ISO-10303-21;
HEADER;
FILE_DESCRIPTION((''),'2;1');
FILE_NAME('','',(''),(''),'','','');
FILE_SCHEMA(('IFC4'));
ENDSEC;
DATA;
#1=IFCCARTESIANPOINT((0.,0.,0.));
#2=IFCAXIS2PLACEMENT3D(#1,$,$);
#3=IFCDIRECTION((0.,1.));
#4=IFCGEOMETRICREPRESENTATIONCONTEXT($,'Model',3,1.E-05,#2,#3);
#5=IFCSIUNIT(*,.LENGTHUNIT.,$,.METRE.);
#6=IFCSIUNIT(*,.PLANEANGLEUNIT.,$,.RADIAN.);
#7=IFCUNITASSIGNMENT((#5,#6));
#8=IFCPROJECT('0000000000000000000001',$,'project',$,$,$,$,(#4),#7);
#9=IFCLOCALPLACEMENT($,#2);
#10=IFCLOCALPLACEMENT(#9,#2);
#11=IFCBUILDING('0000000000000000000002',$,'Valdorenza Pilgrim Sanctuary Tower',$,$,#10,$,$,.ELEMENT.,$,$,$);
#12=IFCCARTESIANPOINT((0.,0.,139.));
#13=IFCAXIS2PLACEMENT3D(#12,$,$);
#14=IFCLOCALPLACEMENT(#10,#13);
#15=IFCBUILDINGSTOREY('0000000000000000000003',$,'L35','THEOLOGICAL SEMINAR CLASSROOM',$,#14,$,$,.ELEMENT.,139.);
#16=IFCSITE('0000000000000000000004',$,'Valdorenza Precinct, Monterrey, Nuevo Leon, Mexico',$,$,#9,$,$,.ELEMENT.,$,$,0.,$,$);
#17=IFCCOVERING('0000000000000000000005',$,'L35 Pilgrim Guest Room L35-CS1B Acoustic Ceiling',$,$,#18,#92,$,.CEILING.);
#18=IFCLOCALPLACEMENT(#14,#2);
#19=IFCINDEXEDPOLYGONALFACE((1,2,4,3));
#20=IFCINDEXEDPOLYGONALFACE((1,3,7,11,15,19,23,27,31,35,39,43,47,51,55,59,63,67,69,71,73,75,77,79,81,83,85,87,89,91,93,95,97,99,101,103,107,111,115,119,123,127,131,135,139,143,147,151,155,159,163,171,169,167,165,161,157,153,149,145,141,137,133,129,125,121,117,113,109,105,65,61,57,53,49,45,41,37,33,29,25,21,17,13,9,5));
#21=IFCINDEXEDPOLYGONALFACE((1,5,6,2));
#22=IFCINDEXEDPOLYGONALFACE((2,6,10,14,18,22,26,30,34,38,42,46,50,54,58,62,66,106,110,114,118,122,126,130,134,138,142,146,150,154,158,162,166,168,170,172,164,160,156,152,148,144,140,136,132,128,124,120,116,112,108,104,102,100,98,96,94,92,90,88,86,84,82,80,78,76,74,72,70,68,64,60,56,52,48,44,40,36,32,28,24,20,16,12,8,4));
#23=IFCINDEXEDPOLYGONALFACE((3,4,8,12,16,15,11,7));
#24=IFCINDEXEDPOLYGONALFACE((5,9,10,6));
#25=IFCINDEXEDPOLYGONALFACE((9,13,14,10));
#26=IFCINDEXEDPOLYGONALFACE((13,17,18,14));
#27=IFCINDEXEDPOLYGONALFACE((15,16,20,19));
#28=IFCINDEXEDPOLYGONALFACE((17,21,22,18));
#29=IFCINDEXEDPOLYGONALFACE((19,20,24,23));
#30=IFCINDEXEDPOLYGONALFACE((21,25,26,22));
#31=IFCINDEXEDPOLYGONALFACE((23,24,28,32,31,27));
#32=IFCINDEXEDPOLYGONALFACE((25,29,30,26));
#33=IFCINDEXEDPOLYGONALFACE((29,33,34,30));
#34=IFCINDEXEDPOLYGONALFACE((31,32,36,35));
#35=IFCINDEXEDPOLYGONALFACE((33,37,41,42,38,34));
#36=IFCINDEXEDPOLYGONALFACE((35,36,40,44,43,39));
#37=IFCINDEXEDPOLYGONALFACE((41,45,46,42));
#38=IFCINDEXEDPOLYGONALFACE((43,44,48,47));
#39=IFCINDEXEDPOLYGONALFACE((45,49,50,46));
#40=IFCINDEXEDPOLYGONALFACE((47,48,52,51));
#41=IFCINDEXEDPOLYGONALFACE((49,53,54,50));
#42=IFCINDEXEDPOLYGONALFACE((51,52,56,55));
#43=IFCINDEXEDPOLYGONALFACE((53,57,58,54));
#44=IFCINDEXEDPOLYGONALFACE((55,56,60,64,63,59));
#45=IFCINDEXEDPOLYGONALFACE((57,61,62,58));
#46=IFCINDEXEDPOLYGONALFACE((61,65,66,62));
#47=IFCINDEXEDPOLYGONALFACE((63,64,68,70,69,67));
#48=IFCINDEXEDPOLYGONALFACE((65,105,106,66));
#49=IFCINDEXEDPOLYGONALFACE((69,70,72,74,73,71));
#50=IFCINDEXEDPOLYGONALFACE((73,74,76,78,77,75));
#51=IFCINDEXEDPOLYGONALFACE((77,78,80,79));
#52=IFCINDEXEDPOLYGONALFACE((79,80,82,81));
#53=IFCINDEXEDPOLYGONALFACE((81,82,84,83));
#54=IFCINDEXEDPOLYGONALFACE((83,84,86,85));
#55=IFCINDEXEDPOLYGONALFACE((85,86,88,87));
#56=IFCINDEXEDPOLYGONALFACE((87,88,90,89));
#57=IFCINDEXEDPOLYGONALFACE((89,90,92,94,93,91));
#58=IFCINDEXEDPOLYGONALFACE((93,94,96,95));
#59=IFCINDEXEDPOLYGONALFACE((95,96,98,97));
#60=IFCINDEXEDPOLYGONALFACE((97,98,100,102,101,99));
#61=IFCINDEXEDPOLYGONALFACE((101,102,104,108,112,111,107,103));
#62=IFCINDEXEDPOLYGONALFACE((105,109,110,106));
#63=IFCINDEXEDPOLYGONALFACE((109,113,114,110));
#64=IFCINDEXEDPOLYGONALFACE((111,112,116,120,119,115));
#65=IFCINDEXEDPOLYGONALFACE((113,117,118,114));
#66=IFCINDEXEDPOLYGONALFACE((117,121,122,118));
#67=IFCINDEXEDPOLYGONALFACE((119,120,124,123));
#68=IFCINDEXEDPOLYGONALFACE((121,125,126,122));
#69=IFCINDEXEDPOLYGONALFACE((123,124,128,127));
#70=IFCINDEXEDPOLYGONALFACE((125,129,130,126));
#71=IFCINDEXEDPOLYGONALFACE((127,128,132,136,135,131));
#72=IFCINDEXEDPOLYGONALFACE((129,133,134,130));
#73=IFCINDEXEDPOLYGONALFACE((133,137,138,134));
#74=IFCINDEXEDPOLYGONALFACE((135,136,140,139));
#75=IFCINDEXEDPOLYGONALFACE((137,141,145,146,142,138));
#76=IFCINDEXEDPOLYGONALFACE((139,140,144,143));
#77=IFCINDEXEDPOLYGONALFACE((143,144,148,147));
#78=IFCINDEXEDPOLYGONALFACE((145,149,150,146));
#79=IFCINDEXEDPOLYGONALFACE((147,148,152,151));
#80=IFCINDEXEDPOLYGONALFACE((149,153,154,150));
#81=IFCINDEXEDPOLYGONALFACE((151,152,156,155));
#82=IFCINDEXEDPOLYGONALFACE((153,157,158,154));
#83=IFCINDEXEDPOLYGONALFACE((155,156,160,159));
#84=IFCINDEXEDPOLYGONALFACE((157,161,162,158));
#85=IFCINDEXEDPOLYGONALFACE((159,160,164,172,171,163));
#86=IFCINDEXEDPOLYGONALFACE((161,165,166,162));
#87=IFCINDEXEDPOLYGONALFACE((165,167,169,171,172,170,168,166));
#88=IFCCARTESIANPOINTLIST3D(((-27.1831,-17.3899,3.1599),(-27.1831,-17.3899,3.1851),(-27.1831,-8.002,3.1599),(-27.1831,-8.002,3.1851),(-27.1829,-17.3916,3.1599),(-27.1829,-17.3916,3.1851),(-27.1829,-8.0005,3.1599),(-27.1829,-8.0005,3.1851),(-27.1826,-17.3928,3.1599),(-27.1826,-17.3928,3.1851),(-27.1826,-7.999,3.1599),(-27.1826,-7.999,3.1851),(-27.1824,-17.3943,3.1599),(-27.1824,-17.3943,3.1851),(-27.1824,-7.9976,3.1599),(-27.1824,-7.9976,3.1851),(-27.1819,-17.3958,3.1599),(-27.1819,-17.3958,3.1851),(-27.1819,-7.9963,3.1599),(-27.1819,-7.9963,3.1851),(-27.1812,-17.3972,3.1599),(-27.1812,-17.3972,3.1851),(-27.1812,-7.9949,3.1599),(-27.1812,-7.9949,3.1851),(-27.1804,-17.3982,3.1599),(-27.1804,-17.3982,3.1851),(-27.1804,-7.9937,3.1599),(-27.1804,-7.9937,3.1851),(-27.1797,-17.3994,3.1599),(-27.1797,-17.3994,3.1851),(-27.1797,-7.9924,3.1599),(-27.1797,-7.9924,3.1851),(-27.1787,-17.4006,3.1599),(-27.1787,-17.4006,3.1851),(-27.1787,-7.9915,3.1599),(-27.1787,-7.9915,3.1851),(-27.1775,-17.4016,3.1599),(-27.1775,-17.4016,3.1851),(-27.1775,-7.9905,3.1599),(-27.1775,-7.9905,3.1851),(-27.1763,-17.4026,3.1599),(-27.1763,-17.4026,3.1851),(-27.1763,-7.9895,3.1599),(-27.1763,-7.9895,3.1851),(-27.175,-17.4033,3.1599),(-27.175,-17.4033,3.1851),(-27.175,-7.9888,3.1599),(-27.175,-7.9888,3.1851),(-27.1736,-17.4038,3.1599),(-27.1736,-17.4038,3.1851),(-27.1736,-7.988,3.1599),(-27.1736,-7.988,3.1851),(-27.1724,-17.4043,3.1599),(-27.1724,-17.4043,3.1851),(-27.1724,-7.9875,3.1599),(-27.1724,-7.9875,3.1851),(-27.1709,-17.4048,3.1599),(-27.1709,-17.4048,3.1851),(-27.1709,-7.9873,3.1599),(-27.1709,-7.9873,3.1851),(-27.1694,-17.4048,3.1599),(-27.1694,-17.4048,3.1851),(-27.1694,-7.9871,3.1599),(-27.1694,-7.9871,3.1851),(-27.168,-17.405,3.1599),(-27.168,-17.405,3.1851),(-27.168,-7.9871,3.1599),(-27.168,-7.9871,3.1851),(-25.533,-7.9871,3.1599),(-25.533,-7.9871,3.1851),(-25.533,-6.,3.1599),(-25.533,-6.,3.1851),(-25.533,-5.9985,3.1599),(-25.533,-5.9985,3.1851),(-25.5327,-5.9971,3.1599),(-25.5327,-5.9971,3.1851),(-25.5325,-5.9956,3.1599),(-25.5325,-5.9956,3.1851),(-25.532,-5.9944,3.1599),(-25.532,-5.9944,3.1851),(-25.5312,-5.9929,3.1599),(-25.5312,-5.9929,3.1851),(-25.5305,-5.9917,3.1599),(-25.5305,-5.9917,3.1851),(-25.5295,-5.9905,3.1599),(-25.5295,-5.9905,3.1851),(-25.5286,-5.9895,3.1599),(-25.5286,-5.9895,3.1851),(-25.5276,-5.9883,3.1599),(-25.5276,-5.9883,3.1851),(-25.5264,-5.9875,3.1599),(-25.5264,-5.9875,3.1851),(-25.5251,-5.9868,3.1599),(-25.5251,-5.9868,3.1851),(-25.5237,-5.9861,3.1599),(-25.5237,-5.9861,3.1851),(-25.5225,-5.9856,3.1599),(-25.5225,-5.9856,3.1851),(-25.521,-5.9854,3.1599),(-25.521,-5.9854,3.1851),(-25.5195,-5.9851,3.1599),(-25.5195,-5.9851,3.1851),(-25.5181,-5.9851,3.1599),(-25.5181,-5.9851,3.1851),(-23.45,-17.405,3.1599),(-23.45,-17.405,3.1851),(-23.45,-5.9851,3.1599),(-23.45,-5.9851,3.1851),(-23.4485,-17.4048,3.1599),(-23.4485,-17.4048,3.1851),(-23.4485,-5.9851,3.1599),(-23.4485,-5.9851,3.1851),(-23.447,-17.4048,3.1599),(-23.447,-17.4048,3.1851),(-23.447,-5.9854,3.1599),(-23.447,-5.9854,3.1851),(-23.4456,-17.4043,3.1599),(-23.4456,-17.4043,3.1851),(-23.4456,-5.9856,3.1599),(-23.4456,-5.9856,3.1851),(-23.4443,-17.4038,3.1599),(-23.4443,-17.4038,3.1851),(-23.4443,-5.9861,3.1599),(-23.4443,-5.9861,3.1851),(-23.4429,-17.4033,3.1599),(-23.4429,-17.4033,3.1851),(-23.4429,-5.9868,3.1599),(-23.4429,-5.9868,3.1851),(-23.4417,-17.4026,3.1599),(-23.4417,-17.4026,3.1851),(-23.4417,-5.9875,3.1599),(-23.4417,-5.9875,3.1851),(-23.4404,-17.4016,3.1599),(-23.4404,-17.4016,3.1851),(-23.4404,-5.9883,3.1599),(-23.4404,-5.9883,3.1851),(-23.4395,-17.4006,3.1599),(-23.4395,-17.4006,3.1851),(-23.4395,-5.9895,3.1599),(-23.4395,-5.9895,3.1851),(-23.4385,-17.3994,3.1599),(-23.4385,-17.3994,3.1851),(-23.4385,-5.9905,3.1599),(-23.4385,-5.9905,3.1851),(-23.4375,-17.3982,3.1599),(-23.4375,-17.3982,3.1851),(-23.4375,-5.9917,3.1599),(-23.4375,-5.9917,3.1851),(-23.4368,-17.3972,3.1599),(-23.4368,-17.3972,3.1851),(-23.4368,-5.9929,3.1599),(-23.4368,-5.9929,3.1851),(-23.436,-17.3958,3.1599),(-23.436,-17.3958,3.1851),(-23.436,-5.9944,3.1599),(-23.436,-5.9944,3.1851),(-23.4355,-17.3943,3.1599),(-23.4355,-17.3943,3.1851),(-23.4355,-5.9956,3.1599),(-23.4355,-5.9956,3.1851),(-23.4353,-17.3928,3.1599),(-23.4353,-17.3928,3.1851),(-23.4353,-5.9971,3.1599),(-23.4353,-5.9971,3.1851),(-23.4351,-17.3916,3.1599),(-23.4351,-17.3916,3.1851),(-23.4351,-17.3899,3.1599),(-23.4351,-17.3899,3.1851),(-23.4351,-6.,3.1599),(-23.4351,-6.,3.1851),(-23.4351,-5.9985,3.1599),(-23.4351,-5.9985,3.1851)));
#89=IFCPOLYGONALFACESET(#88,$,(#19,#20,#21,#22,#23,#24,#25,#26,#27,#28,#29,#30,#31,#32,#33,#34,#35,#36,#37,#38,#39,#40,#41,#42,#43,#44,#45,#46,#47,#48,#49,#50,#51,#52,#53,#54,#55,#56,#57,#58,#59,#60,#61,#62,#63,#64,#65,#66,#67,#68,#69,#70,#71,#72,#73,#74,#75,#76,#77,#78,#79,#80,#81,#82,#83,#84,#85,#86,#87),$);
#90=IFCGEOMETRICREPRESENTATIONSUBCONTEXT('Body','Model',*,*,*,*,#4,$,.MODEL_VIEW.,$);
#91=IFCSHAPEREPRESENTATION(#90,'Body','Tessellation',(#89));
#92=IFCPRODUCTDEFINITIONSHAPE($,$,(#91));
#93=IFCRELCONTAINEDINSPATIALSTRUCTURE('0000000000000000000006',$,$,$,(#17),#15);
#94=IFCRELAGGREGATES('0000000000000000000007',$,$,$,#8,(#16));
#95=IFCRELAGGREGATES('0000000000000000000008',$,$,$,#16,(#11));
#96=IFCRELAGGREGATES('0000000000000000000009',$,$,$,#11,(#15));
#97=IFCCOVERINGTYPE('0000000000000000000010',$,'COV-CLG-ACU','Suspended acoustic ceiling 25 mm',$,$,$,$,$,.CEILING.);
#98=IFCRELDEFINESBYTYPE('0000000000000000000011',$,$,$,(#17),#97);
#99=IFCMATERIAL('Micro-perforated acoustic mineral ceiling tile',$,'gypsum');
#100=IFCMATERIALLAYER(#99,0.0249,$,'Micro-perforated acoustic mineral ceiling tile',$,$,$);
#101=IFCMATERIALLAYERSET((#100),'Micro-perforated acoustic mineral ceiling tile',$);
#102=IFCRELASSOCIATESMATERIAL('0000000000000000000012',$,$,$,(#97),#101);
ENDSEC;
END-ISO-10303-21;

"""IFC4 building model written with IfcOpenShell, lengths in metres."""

from ifc_helpers import new_model, si_unit, direction, frame, origin, place, context, subcontext, project, spatial, polyline, outline, extrude, material, layer, layer_set, type_object, element, save


model = new_model("IFC4")

# Units and contexts
model_context = context("Model", 3, precision=1e-05, world=origin(), true_north=direction((0.0, 1.0)))
body_context = subcontext(model_context, "Body", "Model", "MODEL_VIEW")
ifc_project = project(units=[si_unit("LENGTHUNIT", "METRE"), si_unit("PLANEANGLEUNIT", "RADIAN")], contexts=[model_context])

# Site, building, storey
site_placement = place(None, origin())
site = spatial("IfcSite", under=ifc_project, at=site_placement, Name="Valdorenza Precinct, Monterrey, Nuevo Leon, Mexico", CompositionType="ELEMENT", RefElevation=0.0)
building_placement = place(site_placement, origin())
building = spatial("IfcBuilding", under=site, at=building_placement, Name="Valdorenza Pilgrim Sanctuary Tower", CompositionType="ELEMENT")
storey_placement = place(building_placement, frame((0.0, 0.0, 139.0)))
storey = spatial("IfcBuildingStorey", under=building, at=storey_placement, Name="L35", Description="THEOLOGICAL SEMINAR CLASSROOM", CompositionType="ELEMENT", Elevation=139.0)

# Covering
ifc_material_1 = material(Name="Micro-perforated acoustic mineral ceiling tile", Category="gypsum")
ifc_layer_1 = layer(ifc_material_1, 0.0249, Name="Micro-perforated acoustic mineral ceiling tile")
ifc_layer_set_1 = layer_set([ifc_layer_1], Name="Micro-perforated acoustic mineral ceiling tile")
covering_type_1 = type_object("IfcCoveringType", Name="COV-CLG-ACU", Description="Suspended acoustic ceiling 25 mm", PredefinedType="CEILING", material=ifc_layer_set_1)
covering_1_placement = place(storey_placement, frame((0.0, 0.0, 3.1599)))
element("IfcCovering", 1, at=covering_1_placement, inside=storey, type_object=covering_type_1, Name="L35 Pilgrim Guest Room L35-CS1B Acoustic Ceiling", PredefinedType="CEILING", context=body_context, shape_type="SweptSolid", body=[
    extrude(outline(polyline([(-27.168, -17.405), (-27.1694, -17.4048), (-27.1709, -17.4048), (-27.1724, -17.4043), (-27.1736, -17.4038), (-27.175, -17.4033), (-27.1763, -17.4026), (-27.1775, -17.4016), (-27.1787, -17.4006), (-27.1797, -17.3994), (-27.1804, -17.3982), (-27.1812, -17.3972), (-27.1819, -17.3958), (-27.1824, -17.3943), (-27.1826, -17.3928), (-27.1829, -17.3916), (-27.1831, -17.3899), (-27.1831, -8.002), (-27.1829, -8.0005), (-27.1826, -7.999), (-27.1824, -7.9976), (-27.1819, -7.9963), (-27.1812, -7.9949), (-27.1804, -7.9937), (-27.1797, -7.9924), (-27.1787, -7.9915), (-27.1775, -7.9905), (-27.1763, -7.9895), (-27.175, -7.9888), (-27.1736, -7.988), (-27.1724, -7.9875), (-27.1709, -7.9873), (-27.1694, -7.9871), (-27.168, -7.9871), (-25.533, -7.9871), (-25.533, -6.0), (-25.533, -5.9985), (-25.5327, -5.9971), (-25.5325, -5.9956), (-25.532, -5.9944), (-25.5312, -5.9929), (-25.5305, -5.9917), (-25.5295, -5.9905), (-25.5286, -5.9895), (-25.5276, -5.9883), (-25.5264, -5.9875), (-25.5251, -5.9868), (-25.5237, -5.9861), (-25.5225, -5.9856), (-25.521, -5.9854), (-25.5195, -5.9851), (-25.5181, -5.9851), (-23.45, -5.9851), (-23.4485, -5.9851), (-23.447, -5.9854), (-23.4456, -5.9856), (-23.4443, -5.9861), (-23.4429, -5.9868), (-23.4417, -5.9875), (-23.4404, -5.9883), (-23.4395, -5.9895), (-23.4385, -5.9905), (-23.4375, -5.9917), (-23.4368, -5.9929), (-23.436, -5.9944), (-23.4355, -5.9956), (-23.4353, -5.9971), (-23.4351, -5.9985), (-23.4351, -6.0), (-23.4351, -17.3899), (-23.4351, -17.3916), (-23.4353, -17.3928), (-23.4355, -17.3943), (-23.436, -17.3958), (-23.4368, -17.3972), (-23.4375, -17.3982), (-23.4385, -17.3994), (-23.4395, -17.4006), (-23.4404, -17.4016), (-23.4417, -17.4026), (-23.4429, -17.4033), (-23.4443, -17.4038), (-23.4456, -17.4043), (-23.447, -17.4048), (-23.4485, -17.4048), (-23.45, -17.405), (-27.168, -17.405)])), origin(), (0.0, 0.0, 1.0), 0.0251),
])

save(model, "model.ifc")
